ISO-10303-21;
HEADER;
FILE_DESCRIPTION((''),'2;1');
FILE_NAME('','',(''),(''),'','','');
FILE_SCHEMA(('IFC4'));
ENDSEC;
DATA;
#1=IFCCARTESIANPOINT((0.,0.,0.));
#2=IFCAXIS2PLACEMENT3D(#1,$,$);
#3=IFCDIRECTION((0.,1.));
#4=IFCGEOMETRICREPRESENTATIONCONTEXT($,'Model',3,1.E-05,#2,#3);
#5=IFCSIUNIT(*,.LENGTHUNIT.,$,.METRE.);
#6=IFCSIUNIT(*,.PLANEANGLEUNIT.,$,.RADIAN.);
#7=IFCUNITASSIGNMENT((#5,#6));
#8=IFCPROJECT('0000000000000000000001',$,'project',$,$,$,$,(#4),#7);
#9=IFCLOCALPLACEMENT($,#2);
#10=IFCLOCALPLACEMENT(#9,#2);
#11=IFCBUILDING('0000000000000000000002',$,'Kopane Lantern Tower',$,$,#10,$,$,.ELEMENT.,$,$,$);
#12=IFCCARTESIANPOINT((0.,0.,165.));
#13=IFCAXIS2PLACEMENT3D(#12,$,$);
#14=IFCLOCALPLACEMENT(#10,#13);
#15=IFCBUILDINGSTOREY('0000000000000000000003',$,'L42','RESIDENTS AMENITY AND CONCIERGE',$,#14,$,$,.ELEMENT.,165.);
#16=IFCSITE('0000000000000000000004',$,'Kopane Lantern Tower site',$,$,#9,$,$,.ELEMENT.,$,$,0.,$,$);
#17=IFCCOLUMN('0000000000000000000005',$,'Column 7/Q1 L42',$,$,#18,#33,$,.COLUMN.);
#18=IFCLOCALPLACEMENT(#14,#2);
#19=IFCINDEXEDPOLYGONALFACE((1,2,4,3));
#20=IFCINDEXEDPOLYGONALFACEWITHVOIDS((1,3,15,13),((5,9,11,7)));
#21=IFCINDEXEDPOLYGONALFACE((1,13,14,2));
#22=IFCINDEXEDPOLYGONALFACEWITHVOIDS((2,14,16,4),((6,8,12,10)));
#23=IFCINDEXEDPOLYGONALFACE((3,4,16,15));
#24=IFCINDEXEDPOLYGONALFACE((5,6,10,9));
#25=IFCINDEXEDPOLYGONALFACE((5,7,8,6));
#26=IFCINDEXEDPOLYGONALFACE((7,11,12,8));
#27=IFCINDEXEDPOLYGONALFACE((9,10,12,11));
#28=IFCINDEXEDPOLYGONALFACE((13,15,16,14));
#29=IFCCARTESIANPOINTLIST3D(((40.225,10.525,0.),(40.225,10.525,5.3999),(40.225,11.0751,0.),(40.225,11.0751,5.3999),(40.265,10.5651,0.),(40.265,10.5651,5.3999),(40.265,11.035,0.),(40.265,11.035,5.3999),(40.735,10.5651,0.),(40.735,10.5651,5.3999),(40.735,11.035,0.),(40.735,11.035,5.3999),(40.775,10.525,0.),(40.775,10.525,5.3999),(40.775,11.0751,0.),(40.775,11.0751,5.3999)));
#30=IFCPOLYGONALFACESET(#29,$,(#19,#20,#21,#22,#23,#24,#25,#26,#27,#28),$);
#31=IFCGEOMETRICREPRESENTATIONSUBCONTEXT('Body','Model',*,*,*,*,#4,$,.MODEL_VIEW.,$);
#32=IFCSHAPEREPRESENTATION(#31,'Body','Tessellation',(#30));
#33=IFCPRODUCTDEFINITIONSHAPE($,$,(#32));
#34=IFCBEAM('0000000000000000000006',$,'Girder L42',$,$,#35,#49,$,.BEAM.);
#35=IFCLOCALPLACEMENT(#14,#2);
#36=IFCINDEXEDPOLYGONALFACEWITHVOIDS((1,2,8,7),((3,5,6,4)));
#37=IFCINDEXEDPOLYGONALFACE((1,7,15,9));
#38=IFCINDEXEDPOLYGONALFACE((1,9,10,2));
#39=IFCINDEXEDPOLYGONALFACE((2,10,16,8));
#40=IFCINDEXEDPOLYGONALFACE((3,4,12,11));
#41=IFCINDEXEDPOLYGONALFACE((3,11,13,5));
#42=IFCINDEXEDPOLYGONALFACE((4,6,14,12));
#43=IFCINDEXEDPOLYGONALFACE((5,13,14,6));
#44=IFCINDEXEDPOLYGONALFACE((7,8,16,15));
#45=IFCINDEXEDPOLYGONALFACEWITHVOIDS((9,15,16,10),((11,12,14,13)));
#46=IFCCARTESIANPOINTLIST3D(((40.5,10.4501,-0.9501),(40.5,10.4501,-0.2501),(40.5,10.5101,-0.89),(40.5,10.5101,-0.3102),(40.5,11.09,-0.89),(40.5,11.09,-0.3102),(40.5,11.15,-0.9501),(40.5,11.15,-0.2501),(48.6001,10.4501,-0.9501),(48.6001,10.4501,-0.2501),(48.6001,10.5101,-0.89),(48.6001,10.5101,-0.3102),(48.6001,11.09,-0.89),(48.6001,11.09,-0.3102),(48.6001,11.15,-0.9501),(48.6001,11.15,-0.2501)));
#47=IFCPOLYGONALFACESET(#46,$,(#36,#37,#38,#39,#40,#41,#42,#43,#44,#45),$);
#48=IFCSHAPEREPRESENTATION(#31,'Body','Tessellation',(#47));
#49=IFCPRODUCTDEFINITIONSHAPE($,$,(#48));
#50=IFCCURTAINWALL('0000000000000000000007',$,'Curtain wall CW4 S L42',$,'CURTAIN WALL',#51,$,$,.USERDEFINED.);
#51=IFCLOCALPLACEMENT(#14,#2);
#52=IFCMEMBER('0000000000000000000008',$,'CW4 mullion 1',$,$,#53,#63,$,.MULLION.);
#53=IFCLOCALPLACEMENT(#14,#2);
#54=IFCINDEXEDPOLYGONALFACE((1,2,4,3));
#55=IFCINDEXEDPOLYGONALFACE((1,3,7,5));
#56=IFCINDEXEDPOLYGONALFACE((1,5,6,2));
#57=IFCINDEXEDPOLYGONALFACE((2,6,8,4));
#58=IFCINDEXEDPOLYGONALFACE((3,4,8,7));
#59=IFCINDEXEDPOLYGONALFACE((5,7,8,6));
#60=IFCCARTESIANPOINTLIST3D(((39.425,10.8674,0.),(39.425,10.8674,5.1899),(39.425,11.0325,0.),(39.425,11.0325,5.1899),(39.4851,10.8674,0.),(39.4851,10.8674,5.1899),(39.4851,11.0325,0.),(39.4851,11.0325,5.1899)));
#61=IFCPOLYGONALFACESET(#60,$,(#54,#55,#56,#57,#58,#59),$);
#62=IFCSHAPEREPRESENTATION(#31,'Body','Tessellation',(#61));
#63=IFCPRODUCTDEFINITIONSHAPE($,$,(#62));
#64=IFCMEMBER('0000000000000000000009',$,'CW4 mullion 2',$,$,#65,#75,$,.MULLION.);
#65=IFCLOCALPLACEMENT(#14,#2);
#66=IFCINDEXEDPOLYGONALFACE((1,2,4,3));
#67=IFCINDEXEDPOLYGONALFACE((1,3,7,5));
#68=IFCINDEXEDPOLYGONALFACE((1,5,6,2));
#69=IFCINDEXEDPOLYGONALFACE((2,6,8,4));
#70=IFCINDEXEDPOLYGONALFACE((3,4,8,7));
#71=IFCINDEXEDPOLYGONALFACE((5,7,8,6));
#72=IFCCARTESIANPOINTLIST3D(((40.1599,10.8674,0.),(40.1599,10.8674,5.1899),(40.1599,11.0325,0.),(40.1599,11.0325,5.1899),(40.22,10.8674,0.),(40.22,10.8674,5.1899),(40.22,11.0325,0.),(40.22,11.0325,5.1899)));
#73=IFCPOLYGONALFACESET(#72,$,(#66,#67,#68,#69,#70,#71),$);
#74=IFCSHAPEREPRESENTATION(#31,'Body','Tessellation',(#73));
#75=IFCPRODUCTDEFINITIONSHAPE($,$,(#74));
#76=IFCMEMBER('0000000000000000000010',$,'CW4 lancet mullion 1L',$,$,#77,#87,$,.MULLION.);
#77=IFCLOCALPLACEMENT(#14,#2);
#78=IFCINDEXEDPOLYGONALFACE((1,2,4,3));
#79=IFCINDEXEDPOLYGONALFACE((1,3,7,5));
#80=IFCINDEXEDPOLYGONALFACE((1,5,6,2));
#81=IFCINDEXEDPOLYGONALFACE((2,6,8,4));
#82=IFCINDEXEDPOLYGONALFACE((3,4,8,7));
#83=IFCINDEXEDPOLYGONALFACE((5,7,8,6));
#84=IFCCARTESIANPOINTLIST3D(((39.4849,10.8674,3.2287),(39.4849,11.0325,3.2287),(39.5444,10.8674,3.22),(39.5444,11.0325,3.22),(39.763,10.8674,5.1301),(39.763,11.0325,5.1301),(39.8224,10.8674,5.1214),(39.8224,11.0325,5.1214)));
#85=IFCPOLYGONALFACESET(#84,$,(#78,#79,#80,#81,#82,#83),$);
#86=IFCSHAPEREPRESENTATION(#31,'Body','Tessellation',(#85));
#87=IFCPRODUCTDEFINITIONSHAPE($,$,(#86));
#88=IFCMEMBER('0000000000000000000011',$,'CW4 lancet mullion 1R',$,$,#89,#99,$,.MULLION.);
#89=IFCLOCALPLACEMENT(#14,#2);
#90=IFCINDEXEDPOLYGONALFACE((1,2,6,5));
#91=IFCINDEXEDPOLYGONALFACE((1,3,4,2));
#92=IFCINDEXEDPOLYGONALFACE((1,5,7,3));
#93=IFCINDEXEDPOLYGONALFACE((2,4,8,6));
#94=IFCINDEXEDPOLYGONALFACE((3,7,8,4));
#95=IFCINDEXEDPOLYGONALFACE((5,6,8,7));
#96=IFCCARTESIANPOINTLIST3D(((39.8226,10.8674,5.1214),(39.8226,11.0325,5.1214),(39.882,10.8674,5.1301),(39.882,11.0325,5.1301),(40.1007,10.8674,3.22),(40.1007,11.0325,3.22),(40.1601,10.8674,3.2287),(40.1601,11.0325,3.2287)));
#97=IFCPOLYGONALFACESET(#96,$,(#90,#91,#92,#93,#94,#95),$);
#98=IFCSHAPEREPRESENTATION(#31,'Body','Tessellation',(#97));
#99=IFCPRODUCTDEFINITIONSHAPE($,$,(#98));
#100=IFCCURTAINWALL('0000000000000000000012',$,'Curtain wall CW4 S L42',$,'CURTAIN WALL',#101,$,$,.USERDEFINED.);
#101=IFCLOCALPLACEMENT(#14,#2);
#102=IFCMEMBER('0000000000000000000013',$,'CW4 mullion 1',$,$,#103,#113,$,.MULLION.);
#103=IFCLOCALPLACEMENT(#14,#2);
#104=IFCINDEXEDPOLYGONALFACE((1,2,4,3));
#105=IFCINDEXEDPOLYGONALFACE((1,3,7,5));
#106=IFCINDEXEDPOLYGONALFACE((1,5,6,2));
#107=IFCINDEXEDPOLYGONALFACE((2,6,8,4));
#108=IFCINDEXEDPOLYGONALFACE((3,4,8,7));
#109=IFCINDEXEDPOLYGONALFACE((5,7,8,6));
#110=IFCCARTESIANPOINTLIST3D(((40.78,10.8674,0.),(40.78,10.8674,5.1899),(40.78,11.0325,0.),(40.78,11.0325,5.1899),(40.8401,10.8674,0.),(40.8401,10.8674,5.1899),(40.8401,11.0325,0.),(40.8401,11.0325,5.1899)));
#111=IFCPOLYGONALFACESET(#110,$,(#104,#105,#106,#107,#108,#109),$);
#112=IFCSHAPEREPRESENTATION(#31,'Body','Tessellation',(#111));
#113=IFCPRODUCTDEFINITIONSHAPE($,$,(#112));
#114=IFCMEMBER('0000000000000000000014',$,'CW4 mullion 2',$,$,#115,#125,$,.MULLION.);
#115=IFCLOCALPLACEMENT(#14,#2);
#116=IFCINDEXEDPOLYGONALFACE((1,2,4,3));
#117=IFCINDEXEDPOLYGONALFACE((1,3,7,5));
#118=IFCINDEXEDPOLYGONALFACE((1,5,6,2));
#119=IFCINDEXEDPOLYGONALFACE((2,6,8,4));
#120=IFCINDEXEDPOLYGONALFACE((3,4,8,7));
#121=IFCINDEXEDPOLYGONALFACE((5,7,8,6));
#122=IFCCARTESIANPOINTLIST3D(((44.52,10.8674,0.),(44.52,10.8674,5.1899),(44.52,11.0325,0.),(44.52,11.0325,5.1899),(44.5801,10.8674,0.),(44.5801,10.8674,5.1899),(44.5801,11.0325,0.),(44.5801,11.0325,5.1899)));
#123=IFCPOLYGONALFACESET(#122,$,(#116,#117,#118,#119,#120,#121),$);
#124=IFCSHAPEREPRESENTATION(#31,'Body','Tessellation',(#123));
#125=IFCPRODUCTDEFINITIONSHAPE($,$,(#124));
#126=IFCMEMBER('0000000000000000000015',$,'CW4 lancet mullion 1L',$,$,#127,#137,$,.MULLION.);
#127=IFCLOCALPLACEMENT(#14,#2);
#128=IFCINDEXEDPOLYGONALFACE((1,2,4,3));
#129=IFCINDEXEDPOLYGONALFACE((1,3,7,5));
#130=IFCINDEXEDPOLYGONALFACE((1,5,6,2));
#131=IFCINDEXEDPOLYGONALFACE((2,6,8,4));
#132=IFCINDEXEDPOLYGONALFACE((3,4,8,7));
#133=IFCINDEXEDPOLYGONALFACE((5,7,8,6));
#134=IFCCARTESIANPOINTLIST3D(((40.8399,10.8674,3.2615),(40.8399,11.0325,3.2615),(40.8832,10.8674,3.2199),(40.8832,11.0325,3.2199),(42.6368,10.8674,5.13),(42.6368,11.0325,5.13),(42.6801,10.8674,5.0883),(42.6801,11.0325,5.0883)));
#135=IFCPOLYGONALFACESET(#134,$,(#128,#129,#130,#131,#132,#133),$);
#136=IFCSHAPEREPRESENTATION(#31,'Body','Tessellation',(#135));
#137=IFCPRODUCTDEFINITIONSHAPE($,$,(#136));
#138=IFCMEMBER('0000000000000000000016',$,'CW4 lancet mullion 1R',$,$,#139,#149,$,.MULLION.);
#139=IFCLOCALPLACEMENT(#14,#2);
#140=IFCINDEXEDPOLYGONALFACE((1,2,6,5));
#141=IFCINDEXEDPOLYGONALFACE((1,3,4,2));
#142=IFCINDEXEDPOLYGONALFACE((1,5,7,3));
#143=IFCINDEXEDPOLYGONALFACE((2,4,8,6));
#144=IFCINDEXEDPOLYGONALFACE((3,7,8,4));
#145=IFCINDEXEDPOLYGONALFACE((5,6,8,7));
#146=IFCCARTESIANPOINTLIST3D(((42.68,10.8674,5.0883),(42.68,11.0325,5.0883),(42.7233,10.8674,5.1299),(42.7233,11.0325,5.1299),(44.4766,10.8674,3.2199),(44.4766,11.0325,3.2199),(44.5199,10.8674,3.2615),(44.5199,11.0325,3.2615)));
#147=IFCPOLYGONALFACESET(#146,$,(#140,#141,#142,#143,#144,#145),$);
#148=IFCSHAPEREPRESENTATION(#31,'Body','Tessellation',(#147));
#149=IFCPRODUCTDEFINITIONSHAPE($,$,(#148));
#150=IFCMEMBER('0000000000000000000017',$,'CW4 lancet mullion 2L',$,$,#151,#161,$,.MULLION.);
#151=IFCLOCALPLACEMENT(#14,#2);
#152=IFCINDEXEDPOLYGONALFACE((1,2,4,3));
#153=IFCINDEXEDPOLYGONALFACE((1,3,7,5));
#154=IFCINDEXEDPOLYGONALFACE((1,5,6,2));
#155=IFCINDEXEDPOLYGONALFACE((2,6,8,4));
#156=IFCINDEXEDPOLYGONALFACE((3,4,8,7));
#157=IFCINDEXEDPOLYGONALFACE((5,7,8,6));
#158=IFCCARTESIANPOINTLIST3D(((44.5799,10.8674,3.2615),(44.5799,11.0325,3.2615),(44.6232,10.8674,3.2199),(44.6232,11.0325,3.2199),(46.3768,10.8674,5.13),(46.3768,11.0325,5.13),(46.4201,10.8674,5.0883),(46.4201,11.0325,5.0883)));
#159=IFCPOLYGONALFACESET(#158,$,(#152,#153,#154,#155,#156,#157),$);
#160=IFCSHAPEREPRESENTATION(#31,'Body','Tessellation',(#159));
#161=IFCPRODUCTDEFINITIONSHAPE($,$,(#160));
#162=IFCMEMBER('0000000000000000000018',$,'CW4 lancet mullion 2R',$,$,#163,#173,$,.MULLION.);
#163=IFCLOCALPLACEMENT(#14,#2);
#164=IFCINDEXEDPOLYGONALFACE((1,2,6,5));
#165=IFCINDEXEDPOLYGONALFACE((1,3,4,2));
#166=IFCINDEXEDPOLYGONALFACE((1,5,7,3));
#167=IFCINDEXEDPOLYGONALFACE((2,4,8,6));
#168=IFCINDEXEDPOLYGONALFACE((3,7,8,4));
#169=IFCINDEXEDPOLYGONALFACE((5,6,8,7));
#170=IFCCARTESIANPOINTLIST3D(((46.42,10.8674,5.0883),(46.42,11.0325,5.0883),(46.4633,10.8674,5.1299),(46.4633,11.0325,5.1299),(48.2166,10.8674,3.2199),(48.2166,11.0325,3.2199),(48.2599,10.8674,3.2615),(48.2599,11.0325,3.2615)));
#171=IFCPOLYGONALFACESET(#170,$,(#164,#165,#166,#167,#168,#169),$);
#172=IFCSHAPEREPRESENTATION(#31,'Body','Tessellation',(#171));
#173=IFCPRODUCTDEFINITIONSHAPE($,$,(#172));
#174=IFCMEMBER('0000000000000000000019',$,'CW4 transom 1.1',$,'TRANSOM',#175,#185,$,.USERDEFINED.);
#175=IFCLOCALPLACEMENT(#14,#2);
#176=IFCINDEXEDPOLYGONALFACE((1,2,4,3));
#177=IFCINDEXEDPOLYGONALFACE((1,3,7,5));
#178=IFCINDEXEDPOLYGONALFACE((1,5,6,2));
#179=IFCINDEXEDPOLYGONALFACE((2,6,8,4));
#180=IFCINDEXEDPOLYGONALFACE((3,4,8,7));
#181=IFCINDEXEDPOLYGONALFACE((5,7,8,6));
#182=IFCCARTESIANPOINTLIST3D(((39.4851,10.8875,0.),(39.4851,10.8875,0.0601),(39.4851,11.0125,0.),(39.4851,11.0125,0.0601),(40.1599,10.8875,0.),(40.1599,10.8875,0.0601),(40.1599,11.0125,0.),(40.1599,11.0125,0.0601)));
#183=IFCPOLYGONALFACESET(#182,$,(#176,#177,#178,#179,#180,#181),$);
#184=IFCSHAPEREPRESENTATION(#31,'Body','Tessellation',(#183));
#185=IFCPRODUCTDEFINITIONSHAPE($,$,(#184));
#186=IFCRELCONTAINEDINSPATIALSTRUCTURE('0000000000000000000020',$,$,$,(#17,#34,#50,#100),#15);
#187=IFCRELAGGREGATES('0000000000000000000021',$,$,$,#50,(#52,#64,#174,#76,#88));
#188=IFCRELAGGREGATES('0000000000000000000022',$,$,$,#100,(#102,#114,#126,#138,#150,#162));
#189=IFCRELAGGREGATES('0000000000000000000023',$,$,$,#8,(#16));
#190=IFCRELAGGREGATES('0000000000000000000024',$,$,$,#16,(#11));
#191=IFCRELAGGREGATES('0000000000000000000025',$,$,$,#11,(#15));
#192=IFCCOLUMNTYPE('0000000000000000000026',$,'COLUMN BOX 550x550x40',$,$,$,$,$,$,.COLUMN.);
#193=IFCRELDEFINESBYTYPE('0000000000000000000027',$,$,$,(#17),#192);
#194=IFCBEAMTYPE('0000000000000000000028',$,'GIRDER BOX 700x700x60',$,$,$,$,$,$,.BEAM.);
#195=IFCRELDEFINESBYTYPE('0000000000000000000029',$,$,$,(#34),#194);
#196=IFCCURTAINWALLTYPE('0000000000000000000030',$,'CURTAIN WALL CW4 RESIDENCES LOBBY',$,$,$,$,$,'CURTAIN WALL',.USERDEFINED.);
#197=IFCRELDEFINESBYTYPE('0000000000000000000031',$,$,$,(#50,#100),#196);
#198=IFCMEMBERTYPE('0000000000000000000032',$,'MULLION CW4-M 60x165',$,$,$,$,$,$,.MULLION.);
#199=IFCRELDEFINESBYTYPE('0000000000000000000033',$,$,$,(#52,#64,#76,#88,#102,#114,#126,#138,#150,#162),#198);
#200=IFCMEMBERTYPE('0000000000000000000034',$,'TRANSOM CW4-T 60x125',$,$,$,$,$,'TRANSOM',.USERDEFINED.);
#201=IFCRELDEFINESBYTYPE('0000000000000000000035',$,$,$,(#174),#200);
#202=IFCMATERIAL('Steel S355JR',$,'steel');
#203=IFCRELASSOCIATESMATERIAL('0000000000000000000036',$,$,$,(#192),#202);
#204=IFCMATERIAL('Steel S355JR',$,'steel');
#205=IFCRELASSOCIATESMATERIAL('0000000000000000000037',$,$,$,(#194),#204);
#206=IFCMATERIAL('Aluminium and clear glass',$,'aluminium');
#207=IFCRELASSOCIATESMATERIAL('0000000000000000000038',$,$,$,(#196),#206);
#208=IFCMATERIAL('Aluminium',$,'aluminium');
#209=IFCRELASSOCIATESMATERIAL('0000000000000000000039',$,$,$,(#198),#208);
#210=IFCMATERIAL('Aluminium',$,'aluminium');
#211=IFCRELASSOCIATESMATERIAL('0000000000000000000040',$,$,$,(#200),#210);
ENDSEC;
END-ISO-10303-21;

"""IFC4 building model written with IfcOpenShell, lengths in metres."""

from ifc_helpers import new_model, si_unit, direction, frame, origin, origin_2d, place, context, subcontext, project, spatial, rectangle, hollow_rectangle, extrude, material, material_profile, profile_set, type_object, element, aggregate, save


model = new_model("IFC4")

# Units and contexts
model_context = context("Model", 3, precision=1e-05, world=origin(), true_north=direction((0.0, 1.0)))
body_context = subcontext(model_context, "Body", "Model", "MODEL_VIEW")
ifc_project = project(units=[si_unit("LENGTHUNIT", "METRE"), si_unit("PLANEANGLEUNIT", "RADIAN")], contexts=[model_context])

# Site, building, storey
site_placement = place(None, origin())
site = spatial("IfcSite", under=ifc_project, at=site_placement, Name="Kopane Lantern Tower site", CompositionType="ELEMENT", RefElevation=0.0)
building_placement = place(site_placement, origin())
building = spatial("IfcBuilding", under=site, at=building_placement, Name="Kopane Lantern Tower", CompositionType="ELEMENT")
storey_placement = place(building_placement, frame((0.0, 0.0, 165.0)))
storey = spatial("IfcBuildingStorey", under=building, at=storey_placement, Name="L42", Description="RESIDENTS AMENITY AND CONCIERGE", CompositionType="ELEMENT", Elevation=165.0)

# Column
ifc_material_1 = material(Name="Steel S355JR", Category="steel")
ifc_material_profile_1 = material_profile(ifc_material_1, hollow_rectangle(XDim=0.55, YDim=0.55, WallThickness=0.04, at=origin_2d()), Name="BOX 550x550x40")
ifc_profile_set_1 = profile_set([ifc_material_profile_1], Name="Steel S355JR")
column_type = type_object("IfcColumnType", Name="COLUMN BOX 550x550x40", PredefinedType="COLUMN", material=ifc_profile_set_1)
column_placement = place(storey_placement, frame((40.5, 10.8, 0.0), z_axis=(0.0, 0.0, 1.0), x_axis=(1.0, 0.0, 0.0)))
element("IfcColumn", 1, at=column_placement, inside=storey, type_object=column_type, Name="Column 7/Q1 L42", PredefinedType="COLUMN", context=body_context, shape_type="SweptSolid", body=[
    extrude(hollow_rectangle(XDim=0.55, YDim=0.55, WallThickness=0.04, at=origin_2d()), origin(), (0.0, 0.0, 1.0), 5.3999),
])

# Beam
ifc_material_2 = material(Name="Steel S355JR", Category="steel")
ifc_material_profile_2 = material_profile(ifc_material_2, hollow_rectangle(XDim=0.7, YDim=0.7, WallThickness=0.0601, at=origin_2d()), Name="BOX 700x700x60")
ifc_profile_set_2 = profile_set([ifc_material_profile_2], Name="Steel S355JR")
beam_type = type_object("IfcBeamType", Name="GIRDER BOX 700x700x60", PredefinedType="BEAM", material=ifc_profile_set_2)
beam_placement = place(storey_placement, frame((40.5, 10.8, -0.6001), z_axis=(1.0, 0.0, 0.0), x_axis=(0.0, 1.0, 0.0)))
element("IfcBeam", 2, at=beam_placement, inside=storey, type_object=beam_type, Name="Girder L42", PredefinedType="BEAM", context=body_context, shape_type="SweptSolid", body=[
    extrude(hollow_rectangle(XDim=0.7, YDim=0.7, WallThickness=0.0601, at=origin_2d()), origin(), (0.0, 0.0, 1.0), 8.1001),
])

# Curtain walls, members
ifc_material_3 = material(Name="Aluminium and clear glass", Category="aluminium")
curtain_wall_type = type_object("IfcCurtainWallType", Name="CURTAIN WALL CW4 RESIDENCES LOBBY", ElementType="CURTAIN WALL", PredefinedType="USERDEFINED", material=ifc_material_3)
curtain_wall_1_placement = place(storey_placement, origin())
curtain_wall_1 = element("IfcCurtainWall", 3, at=curtain_wall_1_placement, inside=storey, type_object=curtain_wall_type, Name="Curtain wall CW4 S L42", ObjectType="CURTAIN WALL", PredefinedType="USERDEFINED")
ifc_material_4 = material(Name="Aluminium", Category="aluminium")
ifc_material_profile_3 = material_profile(ifc_material_4, rectangle(XDim=0.0601, YDim=0.165, at=origin_2d()), Name="AL 60x165")
ifc_profile_set_3 = profile_set([ifc_material_profile_3], Name="Aluminium")
member_type_1 = type_object("IfcMemberType", Name="MULLION CW4-M 60x165", PredefinedType="MULLION", material=ifc_profile_set_3)
member_1_placement = place(storey_placement, frame((39.4551, 10.95, 0.0), z_axis=(0.0, 0.0, 1.0), x_axis=(1.0, 0.0, 0.0)))
member_1 = element("IfcMember", 4, at=member_1_placement, type_object=member_type_1, Name="CW4 mullion 1", PredefinedType="MULLION", context=body_context, shape_type="SweptSolid", body=[
    extrude(rectangle(XDim=0.0601, YDim=0.165, at=origin_2d()), origin(), (0.0, 0.0, 1.0), 5.1899),
])
member_2_placement = place(storey_placement, frame((40.1899, 10.95, 0.0), z_axis=(0.0, 0.0, 1.0), x_axis=(1.0, 0.0, 0.0)))
member_2 = element("IfcMember", 5, at=member_2_placement, type_object=member_type_1, Name="CW4 mullion 2", PredefinedType="MULLION", context=body_context, shape_type="SweptSolid", body=[
    extrude(rectangle(XDim=0.0601, YDim=0.165, at=origin_2d()), origin(), (0.0, 0.0, 1.0), 5.1899),
])
member_3_placement = place(storey_placement, frame((39.5146, 10.95, 3.2244), z_axis=(0.144711, 0.0, 0.989474), x_axis=(-0.989474, 0.0, 0.144711)))
member_3 = element("IfcMember", 6, at=member_3_placement, type_object=member_type_1, Name="CW4 lancet mullion 1L", PredefinedType="MULLION", context=body_context, shape_type="SweptSolid", body=[
    extrude(rectangle(XDim=0.0601, YDim=0.165, at=origin_2d()), origin(), (0.0, 0.0, 1.0), 1.9216),
])
member_4_placement = place(storey_placement, frame((40.1304, 10.95, 3.2244), z_axis=(-0.144711, 0.0, 0.989474), x_axis=(0.989474, 0.0, 0.144711)))
member_4 = element("IfcMember", 7, at=member_4_placement, type_object=member_type_1, Name="CW4 lancet mullion 1R", PredefinedType="MULLION", context=body_context, shape_type="SweptSolid", body=[
    extrude(rectangle(XDim=0.0601, YDim=0.165, at=origin_2d()), origin(), (0.0, 0.0, 1.0), 1.9216),
])
curtain_wall_2_placement = place(storey_placement, origin())
curtain_wall_2 = element("IfcCurtainWall", 8, at=curtain_wall_2_placement, inside=storey, type_object=curtain_wall_type, Name="Curtain wall CW4 S L42", ObjectType="CURTAIN WALL", PredefinedType="USERDEFINED")
member_5_placement = place(storey_placement, frame((40.8101, 10.95, 0.0), z_axis=(0.0, 0.0, 1.0), x_axis=(1.0, 0.0, 0.0)))
member_5 = element("IfcMember", 9, at=member_5_placement, type_object=member_type_1, Name="CW4 mullion 1", PredefinedType="MULLION", context=body_context, shape_type="SweptSolid", body=[
    extrude(rectangle(XDim=0.0601, YDim=0.165, at=origin_2d()), origin(), (0.0, 0.0, 1.0), 5.1899),
])
member_6_placement = place(storey_placement, frame((44.55, 10.95, 0.0), z_axis=(0.0, 0.0, 1.0), x_axis=(1.0, 0.0, 0.0)))
member_6 = element("IfcMember", 10, at=member_6_placement, type_object=member_type_1, Name="CW4 mullion 2", PredefinedType="MULLION", context=body_context, shape_type="SweptSolid", body=[
    extrude(rectangle(XDim=0.0601, YDim=0.165, at=origin_2d()), origin(), (0.0, 0.0, 1.0), 5.1899),
])
member_7_placement = place(storey_placement, frame((40.8616, 10.95, 3.2407), z_axis=(0.693175, 0.0, 0.72077), x_axis=(-0.72077, 0.0, 0.693175)))
member_7 = element("IfcMember", 11, at=member_7_placement, type_object=member_type_1, Name="CW4 lancet mullion 1L", PredefinedType="MULLION", context=body_context, shape_type="SweptSolid", body=[
    extrude(rectangle(XDim=0.0601, YDim=0.165, at=origin_2d()), origin(), (0.0, 0.0, 1.0), 2.5923),
])
member_8_placement = place(storey_placement, frame((44.4983, 10.95, 3.2407), z_axis=(-0.693126, 0.0, 0.720817), x_axis=(0.720817, 0.0, 0.693126)))
member_8 = element("IfcMember", 12, at=member_8_placement, type_object=member_type_1, Name="CW4 lancet mullion 1R", PredefinedType="MULLION", context=body_context, shape_type="SweptSolid", body=[
    extrude(rectangle(XDim=0.0601, YDim=0.165, at=origin_2d()), origin(), (0.0, 0.0, 1.0), 2.592),
])
member_9_placement = place(storey_placement, frame((44.6016, 10.95, 3.2407), z_axis=(0.693175, 0.0, 0.72077), x_axis=(-0.72077, 0.0, 0.693175)))
member_9 = element("IfcMember", 13, at=member_9_placement, type_object=member_type_1, Name="CW4 lancet mullion 2L", PredefinedType="MULLION", context=body_context, shape_type="SweptSolid", body=[
    extrude(rectangle(XDim=0.0601, YDim=0.165, at=origin_2d()), origin(), (0.0, 0.0, 1.0), 2.5923),
])
member_10_placement = place(storey_placement, frame((48.2383, 10.95, 3.2407), z_axis=(-0.693126, 0.0, 0.720817), x_axis=(0.720817, 0.0, 0.693126)))
member_10 = element("IfcMember", 14, at=member_10_placement, type_object=member_type_1, Name="CW4 lancet mullion 2R", PredefinedType="MULLION", context=body_context, shape_type="SweptSolid", body=[
    extrude(rectangle(XDim=0.0601, YDim=0.165, at=origin_2d()), origin(), (0.0, 0.0, 1.0), 2.592),
])

# Member
ifc_material_5 = material(Name="Aluminium", Category="aluminium")
ifc_material_profile_4 = material_profile(ifc_material_5, rectangle(XDim=0.125, YDim=0.0601, at=origin_2d()), Name="AL 125x60")
ifc_profile_set_4 = profile_set([ifc_material_profile_4], Name="Aluminium")
member_type_2 = type_object("IfcMemberType", Name="TRANSOM CW4-T 60x125", ElementType="TRANSOM", PredefinedType="USERDEFINED", material=ifc_profile_set_4)
member_11_placement = place(storey_placement, frame((39.4851, 10.95, 0.03), z_axis=(1.0, 0.0, 0.0), x_axis=(0.0, 1.0, 0.0)))
member_11 = element("IfcMember", 15, at=member_11_placement, type_object=member_type_2, Name="CW4 transom 1.1", ObjectType="TRANSOM", PredefinedType="USERDEFINED", context=body_context, shape_type="SweptSolid", body=[
    extrude(rectangle(XDim=0.125, YDim=0.0601, at=origin_2d()), origin(), (0.0, 0.0, 1.0), 0.6748),
])

aggregate(curtain_wall_1, [member_1, member_2, member_11, member_3, member_4])
aggregate(curtain_wall_2, [member_5, member_6, member_7, member_8, member_9, member_10])

save(model, "model.ifc")
